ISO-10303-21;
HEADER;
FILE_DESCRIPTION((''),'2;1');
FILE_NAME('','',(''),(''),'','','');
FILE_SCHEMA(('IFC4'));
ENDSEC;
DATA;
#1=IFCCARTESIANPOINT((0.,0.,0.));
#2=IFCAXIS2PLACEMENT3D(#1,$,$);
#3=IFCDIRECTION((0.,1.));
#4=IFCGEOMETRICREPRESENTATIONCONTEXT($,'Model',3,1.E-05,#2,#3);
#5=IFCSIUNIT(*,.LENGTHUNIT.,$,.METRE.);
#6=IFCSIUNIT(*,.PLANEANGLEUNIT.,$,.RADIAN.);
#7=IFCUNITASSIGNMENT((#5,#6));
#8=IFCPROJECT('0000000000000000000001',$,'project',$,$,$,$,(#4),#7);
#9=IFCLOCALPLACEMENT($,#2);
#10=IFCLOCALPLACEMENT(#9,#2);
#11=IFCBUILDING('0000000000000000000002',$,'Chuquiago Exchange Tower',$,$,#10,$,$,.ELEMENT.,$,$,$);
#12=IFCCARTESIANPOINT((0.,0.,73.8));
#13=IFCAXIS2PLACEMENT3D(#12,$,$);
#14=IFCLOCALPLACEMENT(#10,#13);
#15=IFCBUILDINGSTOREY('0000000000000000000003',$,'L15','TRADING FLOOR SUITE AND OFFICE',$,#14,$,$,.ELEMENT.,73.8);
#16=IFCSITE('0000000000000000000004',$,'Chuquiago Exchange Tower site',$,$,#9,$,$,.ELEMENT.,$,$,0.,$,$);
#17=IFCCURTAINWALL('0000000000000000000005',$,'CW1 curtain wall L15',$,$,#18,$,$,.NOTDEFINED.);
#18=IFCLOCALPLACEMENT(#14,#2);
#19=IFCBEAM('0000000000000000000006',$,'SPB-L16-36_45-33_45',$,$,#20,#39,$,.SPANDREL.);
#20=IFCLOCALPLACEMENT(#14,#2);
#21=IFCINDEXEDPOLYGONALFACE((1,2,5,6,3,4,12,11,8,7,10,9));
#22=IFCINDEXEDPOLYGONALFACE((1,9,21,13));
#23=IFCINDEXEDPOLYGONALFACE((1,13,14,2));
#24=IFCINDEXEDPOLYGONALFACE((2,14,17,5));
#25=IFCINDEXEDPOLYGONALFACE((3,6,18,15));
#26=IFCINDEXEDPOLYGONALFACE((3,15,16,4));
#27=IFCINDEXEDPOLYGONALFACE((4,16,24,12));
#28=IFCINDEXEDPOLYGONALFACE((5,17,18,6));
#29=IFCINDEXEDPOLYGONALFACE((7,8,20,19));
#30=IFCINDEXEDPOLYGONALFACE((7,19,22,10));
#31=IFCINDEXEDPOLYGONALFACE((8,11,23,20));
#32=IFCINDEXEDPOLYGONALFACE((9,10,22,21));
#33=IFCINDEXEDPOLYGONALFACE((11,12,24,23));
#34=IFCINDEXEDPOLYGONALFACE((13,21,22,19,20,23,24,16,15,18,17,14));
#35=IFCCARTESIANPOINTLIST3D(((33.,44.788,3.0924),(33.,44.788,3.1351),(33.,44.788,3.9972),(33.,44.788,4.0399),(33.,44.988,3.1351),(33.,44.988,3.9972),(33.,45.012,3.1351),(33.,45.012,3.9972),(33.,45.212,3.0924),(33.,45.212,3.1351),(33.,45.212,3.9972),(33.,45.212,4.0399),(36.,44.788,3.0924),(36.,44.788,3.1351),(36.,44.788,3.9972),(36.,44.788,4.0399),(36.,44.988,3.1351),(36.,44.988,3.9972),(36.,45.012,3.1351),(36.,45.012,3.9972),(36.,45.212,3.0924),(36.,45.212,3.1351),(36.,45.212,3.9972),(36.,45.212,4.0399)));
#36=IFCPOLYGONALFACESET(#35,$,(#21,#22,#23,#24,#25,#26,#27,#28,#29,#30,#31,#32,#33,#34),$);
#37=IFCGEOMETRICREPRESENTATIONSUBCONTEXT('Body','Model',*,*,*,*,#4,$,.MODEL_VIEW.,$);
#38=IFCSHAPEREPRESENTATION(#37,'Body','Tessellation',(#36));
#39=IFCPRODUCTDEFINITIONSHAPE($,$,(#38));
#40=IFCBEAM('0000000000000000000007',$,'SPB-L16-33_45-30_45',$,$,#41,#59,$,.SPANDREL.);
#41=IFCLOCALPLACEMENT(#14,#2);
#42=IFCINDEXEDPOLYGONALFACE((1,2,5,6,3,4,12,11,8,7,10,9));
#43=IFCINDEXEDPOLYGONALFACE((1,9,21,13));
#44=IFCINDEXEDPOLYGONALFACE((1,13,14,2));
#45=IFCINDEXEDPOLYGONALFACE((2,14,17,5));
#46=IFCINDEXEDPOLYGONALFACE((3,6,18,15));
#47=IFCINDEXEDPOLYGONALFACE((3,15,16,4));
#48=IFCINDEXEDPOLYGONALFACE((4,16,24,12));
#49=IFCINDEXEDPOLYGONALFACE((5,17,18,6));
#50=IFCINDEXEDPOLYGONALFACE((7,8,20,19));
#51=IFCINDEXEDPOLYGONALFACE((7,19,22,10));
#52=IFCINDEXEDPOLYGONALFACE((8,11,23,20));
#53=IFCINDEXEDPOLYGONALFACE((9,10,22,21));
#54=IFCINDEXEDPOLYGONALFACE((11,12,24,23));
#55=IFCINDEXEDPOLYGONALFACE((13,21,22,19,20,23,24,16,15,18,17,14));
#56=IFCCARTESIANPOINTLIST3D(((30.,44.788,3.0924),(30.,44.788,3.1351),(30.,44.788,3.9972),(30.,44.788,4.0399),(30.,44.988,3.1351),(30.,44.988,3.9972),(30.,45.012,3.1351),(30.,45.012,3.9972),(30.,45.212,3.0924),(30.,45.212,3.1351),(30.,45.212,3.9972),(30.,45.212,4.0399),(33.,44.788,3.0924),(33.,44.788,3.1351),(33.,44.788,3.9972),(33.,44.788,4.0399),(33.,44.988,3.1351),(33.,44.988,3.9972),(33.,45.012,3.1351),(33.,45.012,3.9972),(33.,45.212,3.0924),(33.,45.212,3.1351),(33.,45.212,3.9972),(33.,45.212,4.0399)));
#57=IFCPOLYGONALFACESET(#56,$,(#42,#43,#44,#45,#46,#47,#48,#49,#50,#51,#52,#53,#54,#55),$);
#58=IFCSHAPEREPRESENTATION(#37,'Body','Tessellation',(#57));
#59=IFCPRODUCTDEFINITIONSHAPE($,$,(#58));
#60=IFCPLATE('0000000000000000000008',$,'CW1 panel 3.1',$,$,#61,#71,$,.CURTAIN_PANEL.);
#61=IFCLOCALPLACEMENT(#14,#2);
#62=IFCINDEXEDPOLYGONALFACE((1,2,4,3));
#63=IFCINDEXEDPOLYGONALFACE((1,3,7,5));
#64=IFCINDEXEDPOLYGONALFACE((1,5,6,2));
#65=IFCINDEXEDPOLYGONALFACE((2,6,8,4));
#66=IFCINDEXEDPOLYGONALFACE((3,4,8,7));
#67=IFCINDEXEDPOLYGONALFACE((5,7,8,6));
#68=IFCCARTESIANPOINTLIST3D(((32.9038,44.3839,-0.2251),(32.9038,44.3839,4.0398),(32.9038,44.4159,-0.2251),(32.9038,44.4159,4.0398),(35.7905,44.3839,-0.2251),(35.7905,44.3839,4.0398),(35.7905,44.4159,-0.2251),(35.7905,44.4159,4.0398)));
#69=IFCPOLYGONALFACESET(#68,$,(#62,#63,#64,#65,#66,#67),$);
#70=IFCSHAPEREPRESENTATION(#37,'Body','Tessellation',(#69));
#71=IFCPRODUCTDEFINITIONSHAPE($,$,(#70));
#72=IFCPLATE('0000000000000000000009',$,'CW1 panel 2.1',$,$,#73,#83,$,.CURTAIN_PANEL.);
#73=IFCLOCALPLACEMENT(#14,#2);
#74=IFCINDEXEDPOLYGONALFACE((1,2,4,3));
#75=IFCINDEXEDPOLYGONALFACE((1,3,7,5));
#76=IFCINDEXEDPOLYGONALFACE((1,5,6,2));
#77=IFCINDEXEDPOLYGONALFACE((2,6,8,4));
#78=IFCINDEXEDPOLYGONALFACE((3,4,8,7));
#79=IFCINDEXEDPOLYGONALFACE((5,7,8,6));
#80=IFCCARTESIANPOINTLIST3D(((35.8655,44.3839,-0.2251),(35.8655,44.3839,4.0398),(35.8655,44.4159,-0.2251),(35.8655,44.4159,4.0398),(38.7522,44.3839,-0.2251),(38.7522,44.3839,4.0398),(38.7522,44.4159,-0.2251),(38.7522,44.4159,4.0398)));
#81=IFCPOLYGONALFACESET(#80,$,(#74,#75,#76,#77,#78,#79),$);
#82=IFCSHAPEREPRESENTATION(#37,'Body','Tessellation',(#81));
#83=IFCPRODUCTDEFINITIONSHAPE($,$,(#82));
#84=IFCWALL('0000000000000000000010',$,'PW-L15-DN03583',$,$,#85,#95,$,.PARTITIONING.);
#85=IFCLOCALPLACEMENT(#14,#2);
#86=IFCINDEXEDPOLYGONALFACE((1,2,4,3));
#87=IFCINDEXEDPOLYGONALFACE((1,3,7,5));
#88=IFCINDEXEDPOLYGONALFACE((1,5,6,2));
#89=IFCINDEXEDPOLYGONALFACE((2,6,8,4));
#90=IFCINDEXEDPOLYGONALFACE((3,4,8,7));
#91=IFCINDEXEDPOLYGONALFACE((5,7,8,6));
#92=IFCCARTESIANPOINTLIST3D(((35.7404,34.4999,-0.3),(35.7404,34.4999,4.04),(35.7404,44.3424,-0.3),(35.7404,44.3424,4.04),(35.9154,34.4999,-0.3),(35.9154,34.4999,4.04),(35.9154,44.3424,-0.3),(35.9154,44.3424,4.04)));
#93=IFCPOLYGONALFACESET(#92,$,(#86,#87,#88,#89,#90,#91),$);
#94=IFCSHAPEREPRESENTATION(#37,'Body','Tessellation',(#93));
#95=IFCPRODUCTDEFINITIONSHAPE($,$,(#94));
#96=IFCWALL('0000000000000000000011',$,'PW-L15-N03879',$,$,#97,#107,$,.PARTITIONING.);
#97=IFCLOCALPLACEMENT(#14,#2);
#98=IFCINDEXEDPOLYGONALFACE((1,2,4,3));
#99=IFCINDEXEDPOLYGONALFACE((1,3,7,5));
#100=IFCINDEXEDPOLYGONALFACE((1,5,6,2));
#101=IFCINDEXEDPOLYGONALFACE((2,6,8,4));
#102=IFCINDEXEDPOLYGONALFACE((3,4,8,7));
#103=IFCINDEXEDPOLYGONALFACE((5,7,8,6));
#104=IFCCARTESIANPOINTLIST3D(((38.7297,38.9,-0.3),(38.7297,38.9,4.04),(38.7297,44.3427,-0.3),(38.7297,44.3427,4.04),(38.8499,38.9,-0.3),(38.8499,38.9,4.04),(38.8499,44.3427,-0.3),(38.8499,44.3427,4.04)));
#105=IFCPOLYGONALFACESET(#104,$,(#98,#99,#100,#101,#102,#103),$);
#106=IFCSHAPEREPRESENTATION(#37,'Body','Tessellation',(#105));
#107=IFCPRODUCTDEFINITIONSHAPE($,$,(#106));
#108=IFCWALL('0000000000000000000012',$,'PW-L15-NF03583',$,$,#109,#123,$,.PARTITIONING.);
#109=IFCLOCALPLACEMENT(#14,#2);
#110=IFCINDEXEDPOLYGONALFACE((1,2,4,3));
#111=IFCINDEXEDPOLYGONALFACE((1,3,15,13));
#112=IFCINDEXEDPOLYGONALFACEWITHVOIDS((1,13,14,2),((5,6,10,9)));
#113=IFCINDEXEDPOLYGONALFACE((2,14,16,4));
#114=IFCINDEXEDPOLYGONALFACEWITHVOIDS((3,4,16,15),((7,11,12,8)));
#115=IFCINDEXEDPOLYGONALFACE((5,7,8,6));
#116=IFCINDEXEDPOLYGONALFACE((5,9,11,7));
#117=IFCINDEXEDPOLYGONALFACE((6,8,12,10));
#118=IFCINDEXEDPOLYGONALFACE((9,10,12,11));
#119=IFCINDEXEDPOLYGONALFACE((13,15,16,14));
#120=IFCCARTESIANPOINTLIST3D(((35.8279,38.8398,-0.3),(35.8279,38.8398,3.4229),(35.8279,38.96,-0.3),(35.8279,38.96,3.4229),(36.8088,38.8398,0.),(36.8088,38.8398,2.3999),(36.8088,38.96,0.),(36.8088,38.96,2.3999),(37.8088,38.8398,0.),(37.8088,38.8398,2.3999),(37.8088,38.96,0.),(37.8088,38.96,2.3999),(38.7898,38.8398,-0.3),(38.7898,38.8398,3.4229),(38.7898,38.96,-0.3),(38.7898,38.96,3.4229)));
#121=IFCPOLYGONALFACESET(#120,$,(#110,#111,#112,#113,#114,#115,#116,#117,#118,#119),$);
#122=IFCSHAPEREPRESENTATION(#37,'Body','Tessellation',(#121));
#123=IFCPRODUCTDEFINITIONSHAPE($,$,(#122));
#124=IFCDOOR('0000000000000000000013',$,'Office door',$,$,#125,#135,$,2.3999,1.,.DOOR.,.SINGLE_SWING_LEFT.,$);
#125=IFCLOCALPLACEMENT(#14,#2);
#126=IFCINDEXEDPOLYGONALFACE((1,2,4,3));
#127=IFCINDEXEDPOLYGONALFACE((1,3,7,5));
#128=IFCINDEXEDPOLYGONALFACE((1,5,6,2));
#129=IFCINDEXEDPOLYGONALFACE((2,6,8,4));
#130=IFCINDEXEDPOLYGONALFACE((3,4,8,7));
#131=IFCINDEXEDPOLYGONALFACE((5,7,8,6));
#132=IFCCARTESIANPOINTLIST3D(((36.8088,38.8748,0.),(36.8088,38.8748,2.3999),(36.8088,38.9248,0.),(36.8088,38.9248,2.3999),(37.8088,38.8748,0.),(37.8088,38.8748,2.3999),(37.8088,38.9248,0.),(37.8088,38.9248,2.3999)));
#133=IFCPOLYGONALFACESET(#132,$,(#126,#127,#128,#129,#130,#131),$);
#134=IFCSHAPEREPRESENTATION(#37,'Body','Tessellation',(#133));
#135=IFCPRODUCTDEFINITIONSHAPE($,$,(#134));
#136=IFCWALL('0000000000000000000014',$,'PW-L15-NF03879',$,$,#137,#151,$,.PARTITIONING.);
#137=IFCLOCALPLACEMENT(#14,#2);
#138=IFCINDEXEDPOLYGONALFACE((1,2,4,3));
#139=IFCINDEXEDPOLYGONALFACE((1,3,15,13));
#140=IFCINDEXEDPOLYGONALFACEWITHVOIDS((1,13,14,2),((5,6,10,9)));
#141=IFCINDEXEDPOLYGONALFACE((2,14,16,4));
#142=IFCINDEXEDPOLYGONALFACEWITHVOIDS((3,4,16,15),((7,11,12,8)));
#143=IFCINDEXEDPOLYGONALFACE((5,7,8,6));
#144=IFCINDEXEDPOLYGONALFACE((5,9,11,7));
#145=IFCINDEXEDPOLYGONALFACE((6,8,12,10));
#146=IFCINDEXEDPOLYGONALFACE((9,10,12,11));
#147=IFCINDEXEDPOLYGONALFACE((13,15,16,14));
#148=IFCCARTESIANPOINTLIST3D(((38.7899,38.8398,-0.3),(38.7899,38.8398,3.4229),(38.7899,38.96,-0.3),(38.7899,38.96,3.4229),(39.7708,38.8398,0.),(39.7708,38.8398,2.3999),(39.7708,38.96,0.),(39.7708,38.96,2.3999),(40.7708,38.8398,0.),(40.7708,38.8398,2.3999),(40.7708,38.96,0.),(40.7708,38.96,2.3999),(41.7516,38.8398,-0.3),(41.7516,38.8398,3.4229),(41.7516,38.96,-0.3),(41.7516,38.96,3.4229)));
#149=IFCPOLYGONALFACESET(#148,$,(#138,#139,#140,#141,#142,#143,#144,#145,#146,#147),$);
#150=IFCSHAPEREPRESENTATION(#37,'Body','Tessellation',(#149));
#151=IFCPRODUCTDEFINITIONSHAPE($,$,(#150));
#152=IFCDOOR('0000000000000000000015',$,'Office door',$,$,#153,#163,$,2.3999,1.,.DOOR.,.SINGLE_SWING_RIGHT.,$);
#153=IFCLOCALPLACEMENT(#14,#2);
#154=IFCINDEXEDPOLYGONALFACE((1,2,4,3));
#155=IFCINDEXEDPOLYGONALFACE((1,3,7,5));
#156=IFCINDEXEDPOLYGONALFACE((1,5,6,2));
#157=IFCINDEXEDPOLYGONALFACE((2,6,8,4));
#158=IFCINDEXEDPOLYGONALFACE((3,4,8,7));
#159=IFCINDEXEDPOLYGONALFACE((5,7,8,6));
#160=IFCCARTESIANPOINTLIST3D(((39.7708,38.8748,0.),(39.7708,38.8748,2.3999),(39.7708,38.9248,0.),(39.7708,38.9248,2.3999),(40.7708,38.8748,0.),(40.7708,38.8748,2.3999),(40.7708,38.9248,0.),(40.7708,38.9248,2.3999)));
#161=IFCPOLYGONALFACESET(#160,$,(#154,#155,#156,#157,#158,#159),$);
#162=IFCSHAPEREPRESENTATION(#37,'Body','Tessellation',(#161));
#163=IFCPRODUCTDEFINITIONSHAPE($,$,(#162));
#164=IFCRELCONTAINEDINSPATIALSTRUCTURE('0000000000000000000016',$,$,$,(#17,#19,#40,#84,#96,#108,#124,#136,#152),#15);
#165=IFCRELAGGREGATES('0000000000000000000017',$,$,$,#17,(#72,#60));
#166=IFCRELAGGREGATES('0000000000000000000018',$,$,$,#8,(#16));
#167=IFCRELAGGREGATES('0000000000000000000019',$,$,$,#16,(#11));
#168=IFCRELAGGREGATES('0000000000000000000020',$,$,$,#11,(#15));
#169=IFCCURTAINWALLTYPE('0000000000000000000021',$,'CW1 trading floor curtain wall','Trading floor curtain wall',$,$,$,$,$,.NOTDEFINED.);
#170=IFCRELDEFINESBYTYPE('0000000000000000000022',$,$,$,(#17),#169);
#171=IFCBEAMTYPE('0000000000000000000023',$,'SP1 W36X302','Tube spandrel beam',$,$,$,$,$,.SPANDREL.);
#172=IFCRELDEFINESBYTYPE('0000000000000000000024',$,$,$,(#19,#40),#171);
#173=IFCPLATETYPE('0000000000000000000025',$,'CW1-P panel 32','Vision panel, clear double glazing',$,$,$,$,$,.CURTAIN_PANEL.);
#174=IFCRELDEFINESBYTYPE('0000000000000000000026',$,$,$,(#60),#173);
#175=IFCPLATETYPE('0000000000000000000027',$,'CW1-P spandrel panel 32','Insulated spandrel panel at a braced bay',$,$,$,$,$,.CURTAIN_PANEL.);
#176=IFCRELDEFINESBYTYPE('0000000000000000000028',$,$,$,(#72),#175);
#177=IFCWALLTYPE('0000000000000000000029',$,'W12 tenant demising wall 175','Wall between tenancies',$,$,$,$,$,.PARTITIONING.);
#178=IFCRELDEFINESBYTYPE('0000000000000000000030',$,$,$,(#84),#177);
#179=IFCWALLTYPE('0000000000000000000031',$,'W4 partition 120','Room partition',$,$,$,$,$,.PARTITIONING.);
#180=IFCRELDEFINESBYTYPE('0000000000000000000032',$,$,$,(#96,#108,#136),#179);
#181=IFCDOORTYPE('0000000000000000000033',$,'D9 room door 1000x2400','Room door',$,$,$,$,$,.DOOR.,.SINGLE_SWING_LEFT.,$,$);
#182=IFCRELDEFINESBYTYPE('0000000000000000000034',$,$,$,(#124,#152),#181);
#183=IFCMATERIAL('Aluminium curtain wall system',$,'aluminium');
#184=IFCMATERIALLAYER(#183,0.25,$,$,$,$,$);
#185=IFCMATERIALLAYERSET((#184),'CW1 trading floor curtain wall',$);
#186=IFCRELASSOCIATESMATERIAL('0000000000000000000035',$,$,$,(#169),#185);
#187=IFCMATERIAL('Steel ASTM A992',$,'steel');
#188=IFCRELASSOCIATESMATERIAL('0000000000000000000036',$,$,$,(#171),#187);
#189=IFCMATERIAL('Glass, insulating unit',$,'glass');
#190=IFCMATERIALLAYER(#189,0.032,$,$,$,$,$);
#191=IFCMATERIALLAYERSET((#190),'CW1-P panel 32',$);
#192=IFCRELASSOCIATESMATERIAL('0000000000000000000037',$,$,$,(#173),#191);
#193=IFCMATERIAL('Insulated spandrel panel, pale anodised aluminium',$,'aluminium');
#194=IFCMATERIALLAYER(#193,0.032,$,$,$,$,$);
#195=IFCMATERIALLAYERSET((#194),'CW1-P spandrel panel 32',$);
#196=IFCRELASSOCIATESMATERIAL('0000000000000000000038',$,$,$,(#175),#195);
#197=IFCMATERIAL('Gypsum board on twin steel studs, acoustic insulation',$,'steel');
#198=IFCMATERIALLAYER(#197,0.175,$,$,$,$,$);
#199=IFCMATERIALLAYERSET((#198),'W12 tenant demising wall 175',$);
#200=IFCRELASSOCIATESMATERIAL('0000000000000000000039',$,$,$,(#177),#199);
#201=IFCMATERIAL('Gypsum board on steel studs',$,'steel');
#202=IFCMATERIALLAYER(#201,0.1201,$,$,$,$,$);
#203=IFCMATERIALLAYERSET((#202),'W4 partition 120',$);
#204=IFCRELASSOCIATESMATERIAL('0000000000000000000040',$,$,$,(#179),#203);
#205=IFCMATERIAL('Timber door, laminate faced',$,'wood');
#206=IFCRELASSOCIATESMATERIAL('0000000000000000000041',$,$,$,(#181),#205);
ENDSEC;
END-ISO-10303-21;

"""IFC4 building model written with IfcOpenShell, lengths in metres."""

from ifc_helpers import new_model, si_unit, direction, frame, frame_2d, origin, origin_2d, place, context, subcontext, project, spatial, rectangle, i_section, extrude, material, layer, layer_set, material_profile, profile_set, type_object, element, fill, aggregate, save


model = new_model("IFC4")

# Units and contexts
model_context = context("Model", 3, precision=1e-05, world=origin(), true_north=direction((0.0, 1.0)))
body_context = subcontext(model_context, "Body", "Model", "MODEL_VIEW")
ifc_project = project(units=[si_unit("LENGTHUNIT", "METRE"), si_unit("PLANEANGLEUNIT", "RADIAN")], contexts=[model_context])

# Site, building, storey
site_placement = place(None, origin())
site = spatial("IfcSite", under=ifc_project, at=site_placement, Name="Chuquiago Exchange Tower site", CompositionType="ELEMENT", RefElevation=0.0)
building_placement = place(site_placement, origin())
building = spatial("IfcBuilding", under=site, at=building_placement, Name="Chuquiago Exchange Tower", CompositionType="ELEMENT")
storey_placement = place(building_placement, frame((0.0, 0.0, 73.8)))
storey = spatial("IfcBuildingStorey", under=building, at=storey_placement, Name="L15", Description="TRADING FLOOR SUITE AND OFFICE", CompositionType="ELEMENT", Elevation=73.8)

# Curtain wall
ifc_material_1 = material(Name="Aluminium curtain wall system", Category="aluminium")
ifc_layer_1 = layer(ifc_material_1, 0.25)
ifc_layer_set_1 = layer_set([ifc_layer_1], Name="CW1 trading floor curtain wall")
curtain_wall_type = type_object("IfcCurtainWallType", Name="CW1 trading floor curtain wall", Description="Trading floor curtain wall", PredefinedType="NOTDEFINED", material=ifc_layer_set_1)
curtain_wall_placement = place(storey_placement, origin())
curtain_wall = element("IfcCurtainWall", 1, at=curtain_wall_placement, inside=storey, type_object=curtain_wall_type, Name="CW1 curtain wall L15", PredefinedType="NOTDEFINED")

# Beams
ifc_material_2 = material(Name="Steel ASTM A992", Category="steel")
ifc_material_profile_1 = material_profile(ifc_material_2, i_section(OverallWidth=0.4241, OverallDepth=0.9475, WebThickness=0.0239, FlangeThickness=0.0427, at=origin_2d()), Name="W36X302")
ifc_profile_set_1 = profile_set([ifc_material_profile_1], Name="Steel ASTM A992")
beam_type_1 = type_object("IfcBeamType", Name="SP1 W36X302", Description="Tube spandrel beam", PredefinedType="SPANDREL", material=ifc_profile_set_1)
for number, where, z_axis, x_axis, name in (
    (2, (36.0, 45.0, 3.5662), (-1.0, 0.0, 0.0), (0.0, -1.0, 0.0), "SPB-L16-36_45-33_45"),
    (3, (33.0, 45.0, 3.5662), (-1.0, 0.0, 0.0), (0.0, -1.0, 0.0), "SPB-L16-33_45-30_45"),
):
    element("IfcBeam", number, at=place(storey_placement, frame(where, z_axis=z_axis, x_axis=x_axis)), inside=storey, type_object=beam_type_1, Name=name, PredefinedType="SPANDREL", context=body_context, shape_type="SweptSolid", body=[
        extrude(i_section(OverallWidth=0.4241, OverallDepth=0.9475, WebThickness=0.0239, FlangeThickness=0.0427, at=origin_2d()), origin(), (0.0, 0.0, 1.0), 3.0),
    ])

# Plates
ifc_material_3 = material(Name="Glass, insulating unit", Category="glass")
ifc_layer_2 = layer(ifc_material_3, 0.032)
ifc_layer_set_2 = layer_set([ifc_layer_2], Name="CW1-P panel 32")
plate_type_1 = type_object("IfcPlateType", Name="CW1-P panel 32", Description="Vision panel, clear double glazing", PredefinedType="CURTAIN_PANEL", material=ifc_layer_set_2)
plate_1_placement = place(storey_placement, frame((34.3472, 44.3999, -0.2251), z_axis=(0.0, 0.0, 1.0), x_axis=(-1.0, 0.0, 0.0)))
plate_1 = element("IfcPlate", 4, at=plate_1_placement, type_object=plate_type_1, Name="CW1 panel 3.1", PredefinedType="CURTAIN_PANEL", context=body_context, shape_type="SweptSolid", body=[
    extrude(rectangle(XDim=2.8867, YDim=0.032, at=origin_2d()), origin(), (0.0, 0.0, 1.0), 4.2649),
])
ifc_material_4 = material(Name="Insulated spandrel panel, pale anodised aluminium", Category="aluminium")
ifc_layer_3 = layer(ifc_material_4, 0.032)
ifc_layer_set_3 = layer_set([ifc_layer_3], Name="CW1-P spandrel panel 32")
plate_type_2 = type_object("IfcPlateType", Name="CW1-P spandrel panel 32", Description="Insulated spandrel panel at a braced bay", PredefinedType="CURTAIN_PANEL", material=ifc_layer_set_3)
plate_2_placement = place(storey_placement, frame((37.3088, 44.3999, -0.2251), z_axis=(0.0, 0.0, 1.0), x_axis=(-1.0, 0.0, 0.0)))
plate_2 = element("IfcPlate", 5, at=plate_2_placement, type_object=plate_type_2, Name="CW1 panel 2.1", PredefinedType="CURTAIN_PANEL", context=body_context, shape_type="SweptSolid", body=[
    extrude(rectangle(XDim=2.8867, YDim=0.032, at=origin_2d()), origin(), (0.0, 0.0, 1.0), 4.2649),
])
aggregate(curtain_wall, [plate_2, plate_1])

# Walls
ifc_material_5 = material(Name="Gypsum board on twin steel studs, acoustic insulation", Category="steel")
ifc_layer_4 = layer(ifc_material_5, 0.175)
ifc_layer_set_4 = layer_set([ifc_layer_4], Name="W12 tenant demising wall 175")
wall_type_1 = type_object("IfcWallType", Name="W12 tenant demising wall 175", Description="Wall between tenancies", PredefinedType="PARTITIONING", material=ifc_layer_set_4)
wall_1_placement = place(storey_placement, frame((35.8279, 44.3425, -0.3), z_axis=(0.0, 0.0, 1.0), x_axis=(0.0, -1.0, 0.0)))
element("IfcWall", 6, at=wall_1_placement, inside=storey, type_object=wall_type_1, Name="PW-L15-DN03583", PredefinedType="PARTITIONING", context=body_context, shape_type="SweptSolid", body=[
    extrude(rectangle(XDim=9.8425, YDim=0.175, at=frame_2d((4.9214, 0.0))), origin(), (0.0, 0.0, 1.0), 4.3401),
])
ifc_material_6 = material(Name="Gypsum board on steel studs", Category="steel")
ifc_layer_5 = layer(ifc_material_6, 0.1201)
ifc_layer_set_5 = layer_set([ifc_layer_5], Name="W4 partition 120")
wall_type_2 = type_object("IfcWallType", Name="W4 partition 120", Description="Room partition", PredefinedType="PARTITIONING", material=ifc_layer_set_5)
wall_2_placement = place(storey_placement, frame((38.7898, 44.3425, -0.3), z_axis=(0.0, 0.0, 1.0), x_axis=(0.0, -1.0, 0.0)))
element("IfcWall", 7, at=wall_2_placement, inside=storey, type_object=wall_type_2, Name="PW-L15-N03879", PredefinedType="PARTITIONING", context=body_context, shape_type="SweptSolid", body=[
    extrude(rectangle(XDim=5.4426, YDim=0.1201, at=frame_2d((2.7212, 0.0))), origin(), (0.0, 0.0, 1.0), 4.3401),
])

# Walls, openings, doors
wall_3_placement = place(storey_placement, frame((35.8279, 38.8999, -0.3), z_axis=(0.0, 0.0, 1.0), x_axis=(1.0, 0.0, 0.0)))
wall_3 = element("IfcWall", 8, at=wall_3_placement, inside=storey, type_object=wall_type_2, Name="PW-L15-NF03583", PredefinedType="PARTITIONING", context=body_context, shape_type="SweptSolid", body=[
    extrude(rectangle(XDim=2.9619, YDim=0.1201, at=frame_2d((1.481, 0.0))), origin(), (0.0, 0.0, 1.0), 3.7229),
])
opening_1_placement = place(wall_3_placement, frame((0.981, 0.0, 0.3)))
opening_1 = element("IfcOpeningElement", 9, at=opening_1_placement, cuts=wall_3, PredefinedType="OPENING", context=body_context, shape_type="SweptSolid", body=[
    extrude(rectangle(XDim=1.0, YDim=2.3999, at=frame_2d((0.5, 1.2))), frame((0.0, 0.0701, 0.0), z_axis=(0.0, -1.0, 0.0), x_axis=(1.0, 0.0, 0.0)), (0.0, 0.0, 1.0), 0.1401),
])
ifc_material_7 = material(Name="Timber door, laminate faced", Category="wood")
door_type = type_object("IfcDoorType", Name="D9 room door 1000x2400", Description="Room door", OperationType="SINGLE_SWING_LEFT", PredefinedType="DOOR", material=ifc_material_7)
door_1_placement = place(opening_1_placement, origin())
door_1 = element("IfcDoor", 10, at=door_1_placement, inside=storey, type_object=door_type, Name="Office door", OperationType="SINGLE_SWING_LEFT", OverallHeight=2.3999, OverallWidth=1.0, PredefinedType="DOOR", context=body_context, shape_type="SweptSolid", body=[
    extrude(rectangle(XDim=1.0, YDim=2.3999, at=frame_2d((0.5, 1.2))), frame((0.0, 0.0249, 0.0), z_axis=(0.0, -1.0, 0.0), x_axis=(1.0, 0.0, 0.0)), (0.0, 0.0, 1.0), 0.05),
])
fill(opening_1, door_1)
wall_4_placement = place(storey_placement, frame((38.7898, 38.8999, -0.3), z_axis=(0.0, 0.0, 1.0), x_axis=(1.0, 0.0, 0.0)))
wall_4 = element("IfcWall", 11, at=wall_4_placement, inside=storey, type_object=wall_type_2, Name="PW-L15-NF03879", PredefinedType="PARTITIONING", context=body_context, shape_type="SweptSolid", body=[
    extrude(rectangle(XDim=2.9617, YDim=0.1201, at=frame_2d((1.481, 0.0))), origin(), (0.0, 0.0, 1.0), 3.7229),
])
opening_2_placement = place(wall_4_placement, frame((0.981, 0.0, 0.3)))
opening_2 = element("IfcOpeningElement", 12, at=opening_2_placement, cuts=wall_4, PredefinedType="OPENING", context=body_context, shape_type="SweptSolid", body=[
    extrude(rectangle(XDim=1.0, YDim=2.3999, at=frame_2d((0.5, 1.2))), frame((0.0, 0.0701, 0.0), z_axis=(0.0, -1.0, 0.0), x_axis=(1.0, 0.0, 0.0)), (0.0, 0.0, 1.0), 0.1401),
])
door_2_placement = place(opening_2_placement, origin())
door_2 = element("IfcDoor", 13, at=door_2_placement, inside=storey, type_object=door_type, Name="Office door", OperationType="SINGLE_SWING_RIGHT", OverallHeight=2.3999, OverallWidth=1.0, PredefinedType="DOOR", context=body_context, shape_type="SweptSolid", body=[
    extrude(rectangle(XDim=1.0, YDim=2.3999, at=frame_2d((0.5, 1.2))), frame((0.0, 0.0249, 0.0), z_axis=(0.0, -1.0, 0.0), x_axis=(1.0, 0.0, 0.0)), (0.0, 0.0, 1.0), 0.05),
])
fill(opening_2, door_2)

save(model, "model.ifc")
